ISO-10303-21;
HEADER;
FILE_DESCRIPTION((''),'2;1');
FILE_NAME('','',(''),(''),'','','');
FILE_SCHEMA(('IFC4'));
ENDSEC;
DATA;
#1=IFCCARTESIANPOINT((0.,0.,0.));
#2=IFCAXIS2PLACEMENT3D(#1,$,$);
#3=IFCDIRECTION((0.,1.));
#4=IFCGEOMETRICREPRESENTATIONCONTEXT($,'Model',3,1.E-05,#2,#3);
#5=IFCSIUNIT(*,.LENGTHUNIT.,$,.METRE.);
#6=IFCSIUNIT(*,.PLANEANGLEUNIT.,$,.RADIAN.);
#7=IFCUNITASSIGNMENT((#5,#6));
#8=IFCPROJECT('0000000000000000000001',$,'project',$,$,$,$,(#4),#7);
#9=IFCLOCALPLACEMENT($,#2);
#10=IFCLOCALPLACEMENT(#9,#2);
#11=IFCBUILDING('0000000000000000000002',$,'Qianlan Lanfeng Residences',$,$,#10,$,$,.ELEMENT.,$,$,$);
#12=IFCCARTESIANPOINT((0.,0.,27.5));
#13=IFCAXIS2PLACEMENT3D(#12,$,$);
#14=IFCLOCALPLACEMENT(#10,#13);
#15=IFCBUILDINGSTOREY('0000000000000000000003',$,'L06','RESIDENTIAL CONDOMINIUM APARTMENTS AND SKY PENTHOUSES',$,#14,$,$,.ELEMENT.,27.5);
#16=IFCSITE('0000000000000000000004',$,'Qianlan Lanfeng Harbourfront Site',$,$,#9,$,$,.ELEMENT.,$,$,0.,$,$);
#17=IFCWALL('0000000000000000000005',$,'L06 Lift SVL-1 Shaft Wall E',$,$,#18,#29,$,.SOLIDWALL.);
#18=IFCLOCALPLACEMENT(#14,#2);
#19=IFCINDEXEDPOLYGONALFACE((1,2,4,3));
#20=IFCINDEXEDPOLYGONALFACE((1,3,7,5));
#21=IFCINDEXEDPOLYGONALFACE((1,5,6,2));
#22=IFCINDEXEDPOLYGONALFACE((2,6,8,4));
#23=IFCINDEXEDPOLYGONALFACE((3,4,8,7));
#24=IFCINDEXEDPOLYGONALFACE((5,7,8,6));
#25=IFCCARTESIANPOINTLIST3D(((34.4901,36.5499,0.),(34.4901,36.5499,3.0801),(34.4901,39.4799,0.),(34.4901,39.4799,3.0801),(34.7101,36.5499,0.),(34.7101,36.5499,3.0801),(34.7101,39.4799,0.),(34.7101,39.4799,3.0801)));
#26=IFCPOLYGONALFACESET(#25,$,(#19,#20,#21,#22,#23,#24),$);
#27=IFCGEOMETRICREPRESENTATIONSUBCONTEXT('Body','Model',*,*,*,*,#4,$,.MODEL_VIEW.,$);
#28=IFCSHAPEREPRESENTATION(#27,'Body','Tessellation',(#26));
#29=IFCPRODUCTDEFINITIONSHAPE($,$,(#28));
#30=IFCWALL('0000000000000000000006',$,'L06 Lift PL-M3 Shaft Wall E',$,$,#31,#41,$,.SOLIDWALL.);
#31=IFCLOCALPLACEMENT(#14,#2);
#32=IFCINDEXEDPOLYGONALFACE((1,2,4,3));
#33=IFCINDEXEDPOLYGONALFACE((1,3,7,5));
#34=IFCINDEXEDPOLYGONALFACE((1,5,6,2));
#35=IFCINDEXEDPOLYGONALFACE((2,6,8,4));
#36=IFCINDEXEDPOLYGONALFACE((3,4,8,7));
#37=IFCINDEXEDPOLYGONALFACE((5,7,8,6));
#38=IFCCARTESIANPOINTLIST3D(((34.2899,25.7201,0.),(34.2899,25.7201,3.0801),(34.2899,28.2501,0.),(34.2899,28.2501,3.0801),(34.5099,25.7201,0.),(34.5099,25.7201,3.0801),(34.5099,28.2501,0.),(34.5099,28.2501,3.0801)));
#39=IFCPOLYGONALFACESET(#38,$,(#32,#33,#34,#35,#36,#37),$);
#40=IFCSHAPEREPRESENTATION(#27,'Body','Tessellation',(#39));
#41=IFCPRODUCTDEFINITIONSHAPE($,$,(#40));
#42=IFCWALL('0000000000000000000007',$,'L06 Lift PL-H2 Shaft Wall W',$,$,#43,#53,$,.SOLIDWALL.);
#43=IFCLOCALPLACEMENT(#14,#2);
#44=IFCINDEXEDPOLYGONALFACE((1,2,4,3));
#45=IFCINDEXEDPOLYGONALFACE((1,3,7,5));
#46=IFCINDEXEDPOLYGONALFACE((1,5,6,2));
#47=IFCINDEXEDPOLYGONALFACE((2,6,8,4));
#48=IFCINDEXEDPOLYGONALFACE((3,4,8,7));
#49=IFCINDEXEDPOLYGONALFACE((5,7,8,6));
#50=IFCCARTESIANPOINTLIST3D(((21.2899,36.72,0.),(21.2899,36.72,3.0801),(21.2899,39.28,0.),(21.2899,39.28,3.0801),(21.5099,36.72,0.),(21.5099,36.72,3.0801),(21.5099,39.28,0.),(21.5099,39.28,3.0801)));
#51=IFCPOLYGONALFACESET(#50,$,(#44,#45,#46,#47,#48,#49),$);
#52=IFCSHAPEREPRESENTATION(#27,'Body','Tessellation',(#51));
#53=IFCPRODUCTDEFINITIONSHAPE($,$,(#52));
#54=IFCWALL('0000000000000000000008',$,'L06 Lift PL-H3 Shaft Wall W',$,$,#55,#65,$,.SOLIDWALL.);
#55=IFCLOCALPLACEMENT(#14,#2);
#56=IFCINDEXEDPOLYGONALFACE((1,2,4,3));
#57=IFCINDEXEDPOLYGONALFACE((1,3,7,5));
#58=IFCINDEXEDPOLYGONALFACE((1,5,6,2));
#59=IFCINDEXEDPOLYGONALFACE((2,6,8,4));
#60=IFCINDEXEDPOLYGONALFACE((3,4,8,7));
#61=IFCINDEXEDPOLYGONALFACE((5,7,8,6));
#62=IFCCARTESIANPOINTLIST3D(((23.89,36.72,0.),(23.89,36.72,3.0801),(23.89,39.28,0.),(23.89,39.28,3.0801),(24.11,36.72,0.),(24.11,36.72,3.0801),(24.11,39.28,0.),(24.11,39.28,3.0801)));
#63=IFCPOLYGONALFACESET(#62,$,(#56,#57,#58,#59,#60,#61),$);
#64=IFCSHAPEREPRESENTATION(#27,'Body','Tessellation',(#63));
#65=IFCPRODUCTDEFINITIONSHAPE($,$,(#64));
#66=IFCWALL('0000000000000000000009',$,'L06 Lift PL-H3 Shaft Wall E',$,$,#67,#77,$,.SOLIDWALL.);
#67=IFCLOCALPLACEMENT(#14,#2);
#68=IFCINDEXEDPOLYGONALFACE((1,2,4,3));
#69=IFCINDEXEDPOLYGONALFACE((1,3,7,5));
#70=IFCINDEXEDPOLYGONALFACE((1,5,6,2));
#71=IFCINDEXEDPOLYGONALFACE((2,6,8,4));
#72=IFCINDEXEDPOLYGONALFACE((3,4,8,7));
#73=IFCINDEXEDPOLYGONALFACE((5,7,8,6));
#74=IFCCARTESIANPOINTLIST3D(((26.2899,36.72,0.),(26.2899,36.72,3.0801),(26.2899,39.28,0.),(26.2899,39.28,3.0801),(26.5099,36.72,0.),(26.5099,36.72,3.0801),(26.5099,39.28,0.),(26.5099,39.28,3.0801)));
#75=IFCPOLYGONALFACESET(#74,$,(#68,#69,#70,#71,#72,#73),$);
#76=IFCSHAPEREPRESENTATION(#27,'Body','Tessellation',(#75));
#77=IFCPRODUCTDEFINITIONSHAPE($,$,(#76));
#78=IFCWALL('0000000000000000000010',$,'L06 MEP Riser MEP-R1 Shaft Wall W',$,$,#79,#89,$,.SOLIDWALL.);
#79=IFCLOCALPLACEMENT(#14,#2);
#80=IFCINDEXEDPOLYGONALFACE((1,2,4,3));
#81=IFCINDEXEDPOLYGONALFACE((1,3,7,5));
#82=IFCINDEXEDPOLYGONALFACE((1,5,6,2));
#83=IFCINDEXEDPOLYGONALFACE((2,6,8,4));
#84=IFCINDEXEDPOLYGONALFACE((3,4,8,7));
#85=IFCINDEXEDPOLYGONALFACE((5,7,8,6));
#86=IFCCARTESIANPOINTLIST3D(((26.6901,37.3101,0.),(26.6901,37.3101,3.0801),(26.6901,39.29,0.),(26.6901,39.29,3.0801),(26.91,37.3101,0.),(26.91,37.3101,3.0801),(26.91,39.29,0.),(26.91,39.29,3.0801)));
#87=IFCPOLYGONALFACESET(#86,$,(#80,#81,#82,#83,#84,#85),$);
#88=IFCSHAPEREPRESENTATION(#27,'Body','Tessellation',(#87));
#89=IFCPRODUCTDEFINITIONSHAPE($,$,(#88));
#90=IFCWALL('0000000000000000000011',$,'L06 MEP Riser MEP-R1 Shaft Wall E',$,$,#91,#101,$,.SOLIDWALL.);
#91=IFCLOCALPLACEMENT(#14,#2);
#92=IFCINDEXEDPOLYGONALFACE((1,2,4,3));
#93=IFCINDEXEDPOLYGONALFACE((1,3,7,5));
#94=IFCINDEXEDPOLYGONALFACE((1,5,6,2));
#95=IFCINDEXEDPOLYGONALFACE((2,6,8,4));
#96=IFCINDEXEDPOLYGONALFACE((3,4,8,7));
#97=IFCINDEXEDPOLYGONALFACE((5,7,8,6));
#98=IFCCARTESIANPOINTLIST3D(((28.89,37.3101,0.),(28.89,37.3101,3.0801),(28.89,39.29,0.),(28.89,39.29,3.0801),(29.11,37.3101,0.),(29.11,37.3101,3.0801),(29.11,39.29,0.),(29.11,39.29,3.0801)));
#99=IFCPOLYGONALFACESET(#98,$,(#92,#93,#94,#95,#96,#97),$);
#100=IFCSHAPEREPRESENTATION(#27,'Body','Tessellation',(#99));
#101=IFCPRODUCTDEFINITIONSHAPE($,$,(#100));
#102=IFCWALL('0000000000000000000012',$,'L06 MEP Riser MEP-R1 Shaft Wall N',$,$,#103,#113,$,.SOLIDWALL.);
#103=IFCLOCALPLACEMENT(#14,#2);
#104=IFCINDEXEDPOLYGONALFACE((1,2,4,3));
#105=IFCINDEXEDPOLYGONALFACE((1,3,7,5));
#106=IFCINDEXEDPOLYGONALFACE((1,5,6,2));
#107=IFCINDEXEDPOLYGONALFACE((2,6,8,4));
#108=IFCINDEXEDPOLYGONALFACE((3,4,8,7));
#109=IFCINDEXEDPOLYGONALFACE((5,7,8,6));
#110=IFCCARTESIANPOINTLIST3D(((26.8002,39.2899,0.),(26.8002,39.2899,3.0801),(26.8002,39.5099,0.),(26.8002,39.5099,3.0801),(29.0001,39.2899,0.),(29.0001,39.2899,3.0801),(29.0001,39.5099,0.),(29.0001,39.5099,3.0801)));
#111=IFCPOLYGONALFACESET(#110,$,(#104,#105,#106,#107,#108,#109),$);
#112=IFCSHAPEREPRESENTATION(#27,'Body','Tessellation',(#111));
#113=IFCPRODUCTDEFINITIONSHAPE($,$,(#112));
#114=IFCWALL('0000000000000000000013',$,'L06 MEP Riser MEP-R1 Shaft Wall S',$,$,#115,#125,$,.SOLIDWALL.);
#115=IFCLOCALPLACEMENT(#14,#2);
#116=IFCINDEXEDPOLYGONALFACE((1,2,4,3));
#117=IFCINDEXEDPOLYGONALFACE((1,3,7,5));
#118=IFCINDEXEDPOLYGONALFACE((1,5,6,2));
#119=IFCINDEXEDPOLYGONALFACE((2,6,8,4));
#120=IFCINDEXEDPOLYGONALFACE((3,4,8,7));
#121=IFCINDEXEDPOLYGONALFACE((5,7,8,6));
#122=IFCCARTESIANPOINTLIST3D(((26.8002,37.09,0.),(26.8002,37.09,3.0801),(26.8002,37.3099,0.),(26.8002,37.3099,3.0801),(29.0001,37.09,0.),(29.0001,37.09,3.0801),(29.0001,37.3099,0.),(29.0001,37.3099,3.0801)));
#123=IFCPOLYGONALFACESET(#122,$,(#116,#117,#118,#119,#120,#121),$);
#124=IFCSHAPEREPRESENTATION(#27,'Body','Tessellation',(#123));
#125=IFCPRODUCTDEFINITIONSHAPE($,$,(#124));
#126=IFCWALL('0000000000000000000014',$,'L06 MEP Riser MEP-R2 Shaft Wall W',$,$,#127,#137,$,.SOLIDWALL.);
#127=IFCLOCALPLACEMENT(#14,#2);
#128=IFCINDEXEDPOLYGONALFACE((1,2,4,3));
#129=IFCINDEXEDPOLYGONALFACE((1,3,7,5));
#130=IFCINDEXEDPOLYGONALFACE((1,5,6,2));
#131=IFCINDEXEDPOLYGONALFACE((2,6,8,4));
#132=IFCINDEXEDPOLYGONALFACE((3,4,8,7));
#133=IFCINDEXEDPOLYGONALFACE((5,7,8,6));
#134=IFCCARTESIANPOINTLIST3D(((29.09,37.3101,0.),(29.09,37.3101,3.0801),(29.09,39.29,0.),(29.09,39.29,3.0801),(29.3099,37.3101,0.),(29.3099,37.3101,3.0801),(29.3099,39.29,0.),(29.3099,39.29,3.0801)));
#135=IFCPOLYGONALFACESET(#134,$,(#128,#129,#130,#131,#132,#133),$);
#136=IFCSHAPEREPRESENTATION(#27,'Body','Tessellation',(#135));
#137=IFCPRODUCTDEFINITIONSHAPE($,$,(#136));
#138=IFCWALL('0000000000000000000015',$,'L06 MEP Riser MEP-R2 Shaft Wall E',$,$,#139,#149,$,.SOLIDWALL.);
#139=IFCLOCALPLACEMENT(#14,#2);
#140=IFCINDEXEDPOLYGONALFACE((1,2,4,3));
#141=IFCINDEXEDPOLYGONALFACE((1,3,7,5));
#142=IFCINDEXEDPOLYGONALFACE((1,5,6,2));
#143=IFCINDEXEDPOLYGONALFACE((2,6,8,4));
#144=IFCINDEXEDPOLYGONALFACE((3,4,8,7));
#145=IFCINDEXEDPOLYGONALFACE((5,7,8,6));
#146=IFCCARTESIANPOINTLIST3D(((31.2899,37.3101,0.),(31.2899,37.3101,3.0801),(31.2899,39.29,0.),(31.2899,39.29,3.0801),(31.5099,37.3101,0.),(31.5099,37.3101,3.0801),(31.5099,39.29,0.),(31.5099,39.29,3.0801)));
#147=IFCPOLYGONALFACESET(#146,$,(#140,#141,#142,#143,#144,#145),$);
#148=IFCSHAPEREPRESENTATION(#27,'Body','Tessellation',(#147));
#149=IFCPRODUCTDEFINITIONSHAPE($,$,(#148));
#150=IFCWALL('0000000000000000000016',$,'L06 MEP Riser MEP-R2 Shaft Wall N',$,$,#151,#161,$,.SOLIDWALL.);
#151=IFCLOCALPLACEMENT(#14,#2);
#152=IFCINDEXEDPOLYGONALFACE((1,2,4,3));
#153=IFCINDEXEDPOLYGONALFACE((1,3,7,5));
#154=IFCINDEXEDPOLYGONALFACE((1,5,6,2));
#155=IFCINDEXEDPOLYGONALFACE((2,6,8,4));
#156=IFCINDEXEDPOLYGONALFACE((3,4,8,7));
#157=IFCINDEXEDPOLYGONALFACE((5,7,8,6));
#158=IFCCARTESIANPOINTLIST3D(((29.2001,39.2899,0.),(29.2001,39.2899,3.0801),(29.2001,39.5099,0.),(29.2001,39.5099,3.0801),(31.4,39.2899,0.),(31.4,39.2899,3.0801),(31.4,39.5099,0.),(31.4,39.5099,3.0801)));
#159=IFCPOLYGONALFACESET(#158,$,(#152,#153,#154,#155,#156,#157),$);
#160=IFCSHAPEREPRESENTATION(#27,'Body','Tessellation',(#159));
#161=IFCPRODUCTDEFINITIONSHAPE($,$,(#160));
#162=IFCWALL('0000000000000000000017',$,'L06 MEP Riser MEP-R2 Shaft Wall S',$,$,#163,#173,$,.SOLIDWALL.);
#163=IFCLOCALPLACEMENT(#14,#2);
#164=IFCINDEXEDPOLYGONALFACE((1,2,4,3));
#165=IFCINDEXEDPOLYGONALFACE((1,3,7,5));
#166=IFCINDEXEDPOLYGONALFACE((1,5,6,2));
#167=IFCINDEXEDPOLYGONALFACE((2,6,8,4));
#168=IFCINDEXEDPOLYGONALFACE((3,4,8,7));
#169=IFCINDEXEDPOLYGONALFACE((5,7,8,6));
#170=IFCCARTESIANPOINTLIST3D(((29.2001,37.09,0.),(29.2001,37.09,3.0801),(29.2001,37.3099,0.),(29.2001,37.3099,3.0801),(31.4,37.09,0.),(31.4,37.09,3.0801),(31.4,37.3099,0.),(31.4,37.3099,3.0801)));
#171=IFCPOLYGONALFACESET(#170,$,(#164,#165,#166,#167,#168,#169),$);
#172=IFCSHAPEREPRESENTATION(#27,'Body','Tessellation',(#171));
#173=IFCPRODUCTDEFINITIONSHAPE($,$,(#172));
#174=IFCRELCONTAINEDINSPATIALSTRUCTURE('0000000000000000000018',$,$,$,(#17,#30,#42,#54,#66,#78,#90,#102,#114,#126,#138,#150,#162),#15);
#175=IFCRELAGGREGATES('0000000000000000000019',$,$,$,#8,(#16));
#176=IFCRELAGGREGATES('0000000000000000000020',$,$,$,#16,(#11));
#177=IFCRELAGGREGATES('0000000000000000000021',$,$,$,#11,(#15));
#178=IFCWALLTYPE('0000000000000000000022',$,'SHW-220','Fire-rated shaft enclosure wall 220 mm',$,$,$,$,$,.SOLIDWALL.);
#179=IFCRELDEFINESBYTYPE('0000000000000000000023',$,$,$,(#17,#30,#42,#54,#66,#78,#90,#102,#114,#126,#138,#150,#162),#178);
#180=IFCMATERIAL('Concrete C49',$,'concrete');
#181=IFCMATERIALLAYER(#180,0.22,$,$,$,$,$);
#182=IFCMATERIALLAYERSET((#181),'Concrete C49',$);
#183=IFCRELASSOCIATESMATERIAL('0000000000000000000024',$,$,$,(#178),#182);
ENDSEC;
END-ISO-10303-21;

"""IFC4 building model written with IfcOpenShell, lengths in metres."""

from ifc_helpers import new_model, si_unit, direction, frame, frame_2d, origin, place, context, subcontext, project, spatial, rectangle, extrude, material, layer, layer_set, type_object, element, save


model = new_model("IFC4")

# Units and contexts
model_context = context("Model", 3, precision=1e-05, world=origin(), true_north=direction((0.0, 1.0)))
body_context = subcontext(model_context, "Body", "Model", "MODEL_VIEW")
ifc_project = project(units=[si_unit("LENGTHUNIT", "METRE"), si_unit("PLANEANGLEUNIT", "RADIAN")], contexts=[model_context])

# Site, building, storey
site_placement = place(None, origin())
site = spatial("IfcSite", under=ifc_project, at=site_placement, Name="Qianlan Lanfeng Harbourfront Site", CompositionType="ELEMENT", RefElevation=0.0)
building_placement = place(site_placement, origin())
building = spatial("IfcBuilding", under=site, at=building_placement, Name="Qianlan Lanfeng Residences", CompositionType="ELEMENT")
storey_placement = place(building_placement, frame((0.0, 0.0, 27.5)))
storey = spatial("IfcBuildingStorey", under=building, at=storey_placement, Name="L06", Description="RESIDENTIAL CONDOMINIUM APARTMENTS AND SKY PENTHOUSES", CompositionType="ELEMENT", Elevation=27.5)

# Walls
ifc_material_1 = material(Name="Concrete C49", Category="concrete")
ifc_layer_1 = layer(ifc_material_1, 0.22)
ifc_layer_set_1 = layer_set([ifc_layer_1], Name="Concrete C49")
wall_type_1 = type_object("IfcWallType", Name="SHW-220", Description="Fire-rated shaft enclosure wall 220 mm", PredefinedType="SOLIDWALL", material=ifc_layer_set_1)
for number, where, z_axis, x_axis, name in (
    (1, (34.6001, 36.55, 0.0), (0.0, 0.0, 1.0), (0.0, 1.0, 0.0), "L06 Lift SVL-1 Shaft Wall E"),
):
    element("IfcWall", number, at=place(storey_placement, frame(where, z_axis=z_axis, x_axis=x_axis)), inside=storey, type_object=wall_type_1, Name=name, PredefinedType="SOLIDWALL", context=body_context, shape_type="SweptSolid", body=[
        extrude(rectangle(XDim=2.9299, YDim=0.22, at=frame_2d((1.4648, 0.0))), origin(), (0.0, 0.0, 1.0), 3.0801),
    ])
wall_1_placement = place(storey_placement, frame((34.3999, 25.72, 0.0), z_axis=(0.0, 0.0, 1.0), x_axis=(0.0, 1.0, 0.0)))
element("IfcWall", 2, at=wall_1_placement, inside=storey, type_object=wall_type_1, Name="L06 Lift PL-M3 Shaft Wall E", PredefinedType="SOLIDWALL", context=body_context, shape_type="SweptSolid", body=[
    extrude(rectangle(XDim=2.53, YDim=0.22, at=frame_2d((1.2651, 0.0))), origin(), (0.0, 0.0, 1.0), 3.0801),
])
for number, where, z_axis, x_axis, name in (
    (3, (21.3999, 36.72, 0.0), (0.0, 0.0, 1.0), (0.0, 1.0, 0.0), "L06 Lift PL-H2 Shaft Wall W"),
    (4, (24.0, 36.72, 0.0), (0.0, 0.0, 1.0), (0.0, 1.0, 0.0), "L06 Lift PL-H3 Shaft Wall W"),
    (5, (26.3999, 36.72, 0.0), (0.0, 0.0, 1.0), (0.0, 1.0, 0.0), "L06 Lift PL-H3 Shaft Wall E"),
):
    element("IfcWall", number, at=place(storey_placement, frame(where, z_axis=z_axis, x_axis=x_axis)), inside=storey, type_object=wall_type_1, Name=name, PredefinedType="SOLIDWALL", context=body_context, shape_type="SweptSolid", body=[
        extrude(rectangle(XDim=2.5601, YDim=0.22, at=frame_2d((1.28, 0.0))), origin(), (0.0, 0.0, 1.0), 3.0801),
    ])
for number, where, z_axis, x_axis, name in (
    (6, (26.8, 37.3101, 0.0), (0.0, 0.0, 1.0), (0.0, 1.0, 0.0), "L06 MEP Riser MEP-R1 Shaft Wall W"),
    (7, (29.0, 37.3101, 0.0), (0.0, 0.0, 1.0), (0.0, 1.0, 0.0), "L06 MEP Riser MEP-R1 Shaft Wall E"),
):
    element("IfcWall", number, at=place(storey_placement, frame(where, z_axis=z_axis, x_axis=x_axis)), inside=storey, type_object=wall_type_1, Name=name, PredefinedType="SOLIDWALL", context=body_context, shape_type="SweptSolid", body=[
        extrude(rectangle(XDim=1.98, YDim=0.22, at=frame_2d((0.99, 0.0))), origin(), (0.0, 0.0, 1.0), 3.0801),
    ])
for number, where, z_axis, x_axis, name in (
    (8, (26.8, 39.3999, 0.0), (0.0, 0.0, 1.0), (1.0, 0.0, 0.0), "L06 MEP Riser MEP-R1 Shaft Wall N"),
    (9, (26.8, 37.2, 0.0), (0.0, 0.0, 1.0), (1.0, 0.0, 0.0), "L06 MEP Riser MEP-R1 Shaft Wall S"),
):
    element("IfcWall", number, at=place(storey_placement, frame(where, z_axis=z_axis, x_axis=x_axis)), inside=storey, type_object=wall_type_1, Name=name, PredefinedType="SOLIDWALL", context=body_context, shape_type="SweptSolid", body=[
        extrude(rectangle(XDim=2.2, YDim=0.22, at=frame_2d((1.1001, 0.0))), origin(), (0.0, 0.0, 1.0), 3.0801),
    ])
for number, where, z_axis, x_axis, name in (
    (10, (29.2, 37.3101, 0.0), (0.0, 0.0, 1.0), (0.0, 1.0, 0.0), "L06 MEP Riser MEP-R2 Shaft Wall W"),
    (11, (31.3999, 37.3101, 0.0), (0.0, 0.0, 1.0), (0.0, 1.0, 0.0), "L06 MEP Riser MEP-R2 Shaft Wall E"),
):
    element("IfcWall", number, at=place(storey_placement, frame(where, z_axis=z_axis, x_axis=x_axis)), inside=storey, type_object=wall_type_1, Name=name, PredefinedType="SOLIDWALL", context=body_context, shape_type="SweptSolid", body=[
        extrude(rectangle(XDim=1.98, YDim=0.22, at=frame_2d((0.99, 0.0))), origin(), (0.0, 0.0, 1.0), 3.0801),
    ])
for number, where, z_axis, x_axis, name in (
    (12, (29.2, 39.3999, 0.0), (0.0, 0.0, 1.0), (1.0, 0.0, 0.0), "L06 MEP Riser MEP-R2 Shaft Wall N"),
    (13, (29.2, 37.2, 0.0), (0.0, 0.0, 1.0), (1.0, 0.0, 0.0), "L06 MEP Riser MEP-R2 Shaft Wall S"),
):
    element("IfcWall", number, at=place(storey_placement, frame(where, z_axis=z_axis, x_axis=x_axis)), inside=storey, type_object=wall_type_1, Name=name, PredefinedType="SOLIDWALL", context=body_context, shape_type="SweptSolid", body=[
        extrude(rectangle(XDim=2.2, YDim=0.22, at=frame_2d((1.1001, 0.0))), origin(), (0.0, 0.0, 1.0), 3.0801),
    ])

save(model, "model.ifc")
